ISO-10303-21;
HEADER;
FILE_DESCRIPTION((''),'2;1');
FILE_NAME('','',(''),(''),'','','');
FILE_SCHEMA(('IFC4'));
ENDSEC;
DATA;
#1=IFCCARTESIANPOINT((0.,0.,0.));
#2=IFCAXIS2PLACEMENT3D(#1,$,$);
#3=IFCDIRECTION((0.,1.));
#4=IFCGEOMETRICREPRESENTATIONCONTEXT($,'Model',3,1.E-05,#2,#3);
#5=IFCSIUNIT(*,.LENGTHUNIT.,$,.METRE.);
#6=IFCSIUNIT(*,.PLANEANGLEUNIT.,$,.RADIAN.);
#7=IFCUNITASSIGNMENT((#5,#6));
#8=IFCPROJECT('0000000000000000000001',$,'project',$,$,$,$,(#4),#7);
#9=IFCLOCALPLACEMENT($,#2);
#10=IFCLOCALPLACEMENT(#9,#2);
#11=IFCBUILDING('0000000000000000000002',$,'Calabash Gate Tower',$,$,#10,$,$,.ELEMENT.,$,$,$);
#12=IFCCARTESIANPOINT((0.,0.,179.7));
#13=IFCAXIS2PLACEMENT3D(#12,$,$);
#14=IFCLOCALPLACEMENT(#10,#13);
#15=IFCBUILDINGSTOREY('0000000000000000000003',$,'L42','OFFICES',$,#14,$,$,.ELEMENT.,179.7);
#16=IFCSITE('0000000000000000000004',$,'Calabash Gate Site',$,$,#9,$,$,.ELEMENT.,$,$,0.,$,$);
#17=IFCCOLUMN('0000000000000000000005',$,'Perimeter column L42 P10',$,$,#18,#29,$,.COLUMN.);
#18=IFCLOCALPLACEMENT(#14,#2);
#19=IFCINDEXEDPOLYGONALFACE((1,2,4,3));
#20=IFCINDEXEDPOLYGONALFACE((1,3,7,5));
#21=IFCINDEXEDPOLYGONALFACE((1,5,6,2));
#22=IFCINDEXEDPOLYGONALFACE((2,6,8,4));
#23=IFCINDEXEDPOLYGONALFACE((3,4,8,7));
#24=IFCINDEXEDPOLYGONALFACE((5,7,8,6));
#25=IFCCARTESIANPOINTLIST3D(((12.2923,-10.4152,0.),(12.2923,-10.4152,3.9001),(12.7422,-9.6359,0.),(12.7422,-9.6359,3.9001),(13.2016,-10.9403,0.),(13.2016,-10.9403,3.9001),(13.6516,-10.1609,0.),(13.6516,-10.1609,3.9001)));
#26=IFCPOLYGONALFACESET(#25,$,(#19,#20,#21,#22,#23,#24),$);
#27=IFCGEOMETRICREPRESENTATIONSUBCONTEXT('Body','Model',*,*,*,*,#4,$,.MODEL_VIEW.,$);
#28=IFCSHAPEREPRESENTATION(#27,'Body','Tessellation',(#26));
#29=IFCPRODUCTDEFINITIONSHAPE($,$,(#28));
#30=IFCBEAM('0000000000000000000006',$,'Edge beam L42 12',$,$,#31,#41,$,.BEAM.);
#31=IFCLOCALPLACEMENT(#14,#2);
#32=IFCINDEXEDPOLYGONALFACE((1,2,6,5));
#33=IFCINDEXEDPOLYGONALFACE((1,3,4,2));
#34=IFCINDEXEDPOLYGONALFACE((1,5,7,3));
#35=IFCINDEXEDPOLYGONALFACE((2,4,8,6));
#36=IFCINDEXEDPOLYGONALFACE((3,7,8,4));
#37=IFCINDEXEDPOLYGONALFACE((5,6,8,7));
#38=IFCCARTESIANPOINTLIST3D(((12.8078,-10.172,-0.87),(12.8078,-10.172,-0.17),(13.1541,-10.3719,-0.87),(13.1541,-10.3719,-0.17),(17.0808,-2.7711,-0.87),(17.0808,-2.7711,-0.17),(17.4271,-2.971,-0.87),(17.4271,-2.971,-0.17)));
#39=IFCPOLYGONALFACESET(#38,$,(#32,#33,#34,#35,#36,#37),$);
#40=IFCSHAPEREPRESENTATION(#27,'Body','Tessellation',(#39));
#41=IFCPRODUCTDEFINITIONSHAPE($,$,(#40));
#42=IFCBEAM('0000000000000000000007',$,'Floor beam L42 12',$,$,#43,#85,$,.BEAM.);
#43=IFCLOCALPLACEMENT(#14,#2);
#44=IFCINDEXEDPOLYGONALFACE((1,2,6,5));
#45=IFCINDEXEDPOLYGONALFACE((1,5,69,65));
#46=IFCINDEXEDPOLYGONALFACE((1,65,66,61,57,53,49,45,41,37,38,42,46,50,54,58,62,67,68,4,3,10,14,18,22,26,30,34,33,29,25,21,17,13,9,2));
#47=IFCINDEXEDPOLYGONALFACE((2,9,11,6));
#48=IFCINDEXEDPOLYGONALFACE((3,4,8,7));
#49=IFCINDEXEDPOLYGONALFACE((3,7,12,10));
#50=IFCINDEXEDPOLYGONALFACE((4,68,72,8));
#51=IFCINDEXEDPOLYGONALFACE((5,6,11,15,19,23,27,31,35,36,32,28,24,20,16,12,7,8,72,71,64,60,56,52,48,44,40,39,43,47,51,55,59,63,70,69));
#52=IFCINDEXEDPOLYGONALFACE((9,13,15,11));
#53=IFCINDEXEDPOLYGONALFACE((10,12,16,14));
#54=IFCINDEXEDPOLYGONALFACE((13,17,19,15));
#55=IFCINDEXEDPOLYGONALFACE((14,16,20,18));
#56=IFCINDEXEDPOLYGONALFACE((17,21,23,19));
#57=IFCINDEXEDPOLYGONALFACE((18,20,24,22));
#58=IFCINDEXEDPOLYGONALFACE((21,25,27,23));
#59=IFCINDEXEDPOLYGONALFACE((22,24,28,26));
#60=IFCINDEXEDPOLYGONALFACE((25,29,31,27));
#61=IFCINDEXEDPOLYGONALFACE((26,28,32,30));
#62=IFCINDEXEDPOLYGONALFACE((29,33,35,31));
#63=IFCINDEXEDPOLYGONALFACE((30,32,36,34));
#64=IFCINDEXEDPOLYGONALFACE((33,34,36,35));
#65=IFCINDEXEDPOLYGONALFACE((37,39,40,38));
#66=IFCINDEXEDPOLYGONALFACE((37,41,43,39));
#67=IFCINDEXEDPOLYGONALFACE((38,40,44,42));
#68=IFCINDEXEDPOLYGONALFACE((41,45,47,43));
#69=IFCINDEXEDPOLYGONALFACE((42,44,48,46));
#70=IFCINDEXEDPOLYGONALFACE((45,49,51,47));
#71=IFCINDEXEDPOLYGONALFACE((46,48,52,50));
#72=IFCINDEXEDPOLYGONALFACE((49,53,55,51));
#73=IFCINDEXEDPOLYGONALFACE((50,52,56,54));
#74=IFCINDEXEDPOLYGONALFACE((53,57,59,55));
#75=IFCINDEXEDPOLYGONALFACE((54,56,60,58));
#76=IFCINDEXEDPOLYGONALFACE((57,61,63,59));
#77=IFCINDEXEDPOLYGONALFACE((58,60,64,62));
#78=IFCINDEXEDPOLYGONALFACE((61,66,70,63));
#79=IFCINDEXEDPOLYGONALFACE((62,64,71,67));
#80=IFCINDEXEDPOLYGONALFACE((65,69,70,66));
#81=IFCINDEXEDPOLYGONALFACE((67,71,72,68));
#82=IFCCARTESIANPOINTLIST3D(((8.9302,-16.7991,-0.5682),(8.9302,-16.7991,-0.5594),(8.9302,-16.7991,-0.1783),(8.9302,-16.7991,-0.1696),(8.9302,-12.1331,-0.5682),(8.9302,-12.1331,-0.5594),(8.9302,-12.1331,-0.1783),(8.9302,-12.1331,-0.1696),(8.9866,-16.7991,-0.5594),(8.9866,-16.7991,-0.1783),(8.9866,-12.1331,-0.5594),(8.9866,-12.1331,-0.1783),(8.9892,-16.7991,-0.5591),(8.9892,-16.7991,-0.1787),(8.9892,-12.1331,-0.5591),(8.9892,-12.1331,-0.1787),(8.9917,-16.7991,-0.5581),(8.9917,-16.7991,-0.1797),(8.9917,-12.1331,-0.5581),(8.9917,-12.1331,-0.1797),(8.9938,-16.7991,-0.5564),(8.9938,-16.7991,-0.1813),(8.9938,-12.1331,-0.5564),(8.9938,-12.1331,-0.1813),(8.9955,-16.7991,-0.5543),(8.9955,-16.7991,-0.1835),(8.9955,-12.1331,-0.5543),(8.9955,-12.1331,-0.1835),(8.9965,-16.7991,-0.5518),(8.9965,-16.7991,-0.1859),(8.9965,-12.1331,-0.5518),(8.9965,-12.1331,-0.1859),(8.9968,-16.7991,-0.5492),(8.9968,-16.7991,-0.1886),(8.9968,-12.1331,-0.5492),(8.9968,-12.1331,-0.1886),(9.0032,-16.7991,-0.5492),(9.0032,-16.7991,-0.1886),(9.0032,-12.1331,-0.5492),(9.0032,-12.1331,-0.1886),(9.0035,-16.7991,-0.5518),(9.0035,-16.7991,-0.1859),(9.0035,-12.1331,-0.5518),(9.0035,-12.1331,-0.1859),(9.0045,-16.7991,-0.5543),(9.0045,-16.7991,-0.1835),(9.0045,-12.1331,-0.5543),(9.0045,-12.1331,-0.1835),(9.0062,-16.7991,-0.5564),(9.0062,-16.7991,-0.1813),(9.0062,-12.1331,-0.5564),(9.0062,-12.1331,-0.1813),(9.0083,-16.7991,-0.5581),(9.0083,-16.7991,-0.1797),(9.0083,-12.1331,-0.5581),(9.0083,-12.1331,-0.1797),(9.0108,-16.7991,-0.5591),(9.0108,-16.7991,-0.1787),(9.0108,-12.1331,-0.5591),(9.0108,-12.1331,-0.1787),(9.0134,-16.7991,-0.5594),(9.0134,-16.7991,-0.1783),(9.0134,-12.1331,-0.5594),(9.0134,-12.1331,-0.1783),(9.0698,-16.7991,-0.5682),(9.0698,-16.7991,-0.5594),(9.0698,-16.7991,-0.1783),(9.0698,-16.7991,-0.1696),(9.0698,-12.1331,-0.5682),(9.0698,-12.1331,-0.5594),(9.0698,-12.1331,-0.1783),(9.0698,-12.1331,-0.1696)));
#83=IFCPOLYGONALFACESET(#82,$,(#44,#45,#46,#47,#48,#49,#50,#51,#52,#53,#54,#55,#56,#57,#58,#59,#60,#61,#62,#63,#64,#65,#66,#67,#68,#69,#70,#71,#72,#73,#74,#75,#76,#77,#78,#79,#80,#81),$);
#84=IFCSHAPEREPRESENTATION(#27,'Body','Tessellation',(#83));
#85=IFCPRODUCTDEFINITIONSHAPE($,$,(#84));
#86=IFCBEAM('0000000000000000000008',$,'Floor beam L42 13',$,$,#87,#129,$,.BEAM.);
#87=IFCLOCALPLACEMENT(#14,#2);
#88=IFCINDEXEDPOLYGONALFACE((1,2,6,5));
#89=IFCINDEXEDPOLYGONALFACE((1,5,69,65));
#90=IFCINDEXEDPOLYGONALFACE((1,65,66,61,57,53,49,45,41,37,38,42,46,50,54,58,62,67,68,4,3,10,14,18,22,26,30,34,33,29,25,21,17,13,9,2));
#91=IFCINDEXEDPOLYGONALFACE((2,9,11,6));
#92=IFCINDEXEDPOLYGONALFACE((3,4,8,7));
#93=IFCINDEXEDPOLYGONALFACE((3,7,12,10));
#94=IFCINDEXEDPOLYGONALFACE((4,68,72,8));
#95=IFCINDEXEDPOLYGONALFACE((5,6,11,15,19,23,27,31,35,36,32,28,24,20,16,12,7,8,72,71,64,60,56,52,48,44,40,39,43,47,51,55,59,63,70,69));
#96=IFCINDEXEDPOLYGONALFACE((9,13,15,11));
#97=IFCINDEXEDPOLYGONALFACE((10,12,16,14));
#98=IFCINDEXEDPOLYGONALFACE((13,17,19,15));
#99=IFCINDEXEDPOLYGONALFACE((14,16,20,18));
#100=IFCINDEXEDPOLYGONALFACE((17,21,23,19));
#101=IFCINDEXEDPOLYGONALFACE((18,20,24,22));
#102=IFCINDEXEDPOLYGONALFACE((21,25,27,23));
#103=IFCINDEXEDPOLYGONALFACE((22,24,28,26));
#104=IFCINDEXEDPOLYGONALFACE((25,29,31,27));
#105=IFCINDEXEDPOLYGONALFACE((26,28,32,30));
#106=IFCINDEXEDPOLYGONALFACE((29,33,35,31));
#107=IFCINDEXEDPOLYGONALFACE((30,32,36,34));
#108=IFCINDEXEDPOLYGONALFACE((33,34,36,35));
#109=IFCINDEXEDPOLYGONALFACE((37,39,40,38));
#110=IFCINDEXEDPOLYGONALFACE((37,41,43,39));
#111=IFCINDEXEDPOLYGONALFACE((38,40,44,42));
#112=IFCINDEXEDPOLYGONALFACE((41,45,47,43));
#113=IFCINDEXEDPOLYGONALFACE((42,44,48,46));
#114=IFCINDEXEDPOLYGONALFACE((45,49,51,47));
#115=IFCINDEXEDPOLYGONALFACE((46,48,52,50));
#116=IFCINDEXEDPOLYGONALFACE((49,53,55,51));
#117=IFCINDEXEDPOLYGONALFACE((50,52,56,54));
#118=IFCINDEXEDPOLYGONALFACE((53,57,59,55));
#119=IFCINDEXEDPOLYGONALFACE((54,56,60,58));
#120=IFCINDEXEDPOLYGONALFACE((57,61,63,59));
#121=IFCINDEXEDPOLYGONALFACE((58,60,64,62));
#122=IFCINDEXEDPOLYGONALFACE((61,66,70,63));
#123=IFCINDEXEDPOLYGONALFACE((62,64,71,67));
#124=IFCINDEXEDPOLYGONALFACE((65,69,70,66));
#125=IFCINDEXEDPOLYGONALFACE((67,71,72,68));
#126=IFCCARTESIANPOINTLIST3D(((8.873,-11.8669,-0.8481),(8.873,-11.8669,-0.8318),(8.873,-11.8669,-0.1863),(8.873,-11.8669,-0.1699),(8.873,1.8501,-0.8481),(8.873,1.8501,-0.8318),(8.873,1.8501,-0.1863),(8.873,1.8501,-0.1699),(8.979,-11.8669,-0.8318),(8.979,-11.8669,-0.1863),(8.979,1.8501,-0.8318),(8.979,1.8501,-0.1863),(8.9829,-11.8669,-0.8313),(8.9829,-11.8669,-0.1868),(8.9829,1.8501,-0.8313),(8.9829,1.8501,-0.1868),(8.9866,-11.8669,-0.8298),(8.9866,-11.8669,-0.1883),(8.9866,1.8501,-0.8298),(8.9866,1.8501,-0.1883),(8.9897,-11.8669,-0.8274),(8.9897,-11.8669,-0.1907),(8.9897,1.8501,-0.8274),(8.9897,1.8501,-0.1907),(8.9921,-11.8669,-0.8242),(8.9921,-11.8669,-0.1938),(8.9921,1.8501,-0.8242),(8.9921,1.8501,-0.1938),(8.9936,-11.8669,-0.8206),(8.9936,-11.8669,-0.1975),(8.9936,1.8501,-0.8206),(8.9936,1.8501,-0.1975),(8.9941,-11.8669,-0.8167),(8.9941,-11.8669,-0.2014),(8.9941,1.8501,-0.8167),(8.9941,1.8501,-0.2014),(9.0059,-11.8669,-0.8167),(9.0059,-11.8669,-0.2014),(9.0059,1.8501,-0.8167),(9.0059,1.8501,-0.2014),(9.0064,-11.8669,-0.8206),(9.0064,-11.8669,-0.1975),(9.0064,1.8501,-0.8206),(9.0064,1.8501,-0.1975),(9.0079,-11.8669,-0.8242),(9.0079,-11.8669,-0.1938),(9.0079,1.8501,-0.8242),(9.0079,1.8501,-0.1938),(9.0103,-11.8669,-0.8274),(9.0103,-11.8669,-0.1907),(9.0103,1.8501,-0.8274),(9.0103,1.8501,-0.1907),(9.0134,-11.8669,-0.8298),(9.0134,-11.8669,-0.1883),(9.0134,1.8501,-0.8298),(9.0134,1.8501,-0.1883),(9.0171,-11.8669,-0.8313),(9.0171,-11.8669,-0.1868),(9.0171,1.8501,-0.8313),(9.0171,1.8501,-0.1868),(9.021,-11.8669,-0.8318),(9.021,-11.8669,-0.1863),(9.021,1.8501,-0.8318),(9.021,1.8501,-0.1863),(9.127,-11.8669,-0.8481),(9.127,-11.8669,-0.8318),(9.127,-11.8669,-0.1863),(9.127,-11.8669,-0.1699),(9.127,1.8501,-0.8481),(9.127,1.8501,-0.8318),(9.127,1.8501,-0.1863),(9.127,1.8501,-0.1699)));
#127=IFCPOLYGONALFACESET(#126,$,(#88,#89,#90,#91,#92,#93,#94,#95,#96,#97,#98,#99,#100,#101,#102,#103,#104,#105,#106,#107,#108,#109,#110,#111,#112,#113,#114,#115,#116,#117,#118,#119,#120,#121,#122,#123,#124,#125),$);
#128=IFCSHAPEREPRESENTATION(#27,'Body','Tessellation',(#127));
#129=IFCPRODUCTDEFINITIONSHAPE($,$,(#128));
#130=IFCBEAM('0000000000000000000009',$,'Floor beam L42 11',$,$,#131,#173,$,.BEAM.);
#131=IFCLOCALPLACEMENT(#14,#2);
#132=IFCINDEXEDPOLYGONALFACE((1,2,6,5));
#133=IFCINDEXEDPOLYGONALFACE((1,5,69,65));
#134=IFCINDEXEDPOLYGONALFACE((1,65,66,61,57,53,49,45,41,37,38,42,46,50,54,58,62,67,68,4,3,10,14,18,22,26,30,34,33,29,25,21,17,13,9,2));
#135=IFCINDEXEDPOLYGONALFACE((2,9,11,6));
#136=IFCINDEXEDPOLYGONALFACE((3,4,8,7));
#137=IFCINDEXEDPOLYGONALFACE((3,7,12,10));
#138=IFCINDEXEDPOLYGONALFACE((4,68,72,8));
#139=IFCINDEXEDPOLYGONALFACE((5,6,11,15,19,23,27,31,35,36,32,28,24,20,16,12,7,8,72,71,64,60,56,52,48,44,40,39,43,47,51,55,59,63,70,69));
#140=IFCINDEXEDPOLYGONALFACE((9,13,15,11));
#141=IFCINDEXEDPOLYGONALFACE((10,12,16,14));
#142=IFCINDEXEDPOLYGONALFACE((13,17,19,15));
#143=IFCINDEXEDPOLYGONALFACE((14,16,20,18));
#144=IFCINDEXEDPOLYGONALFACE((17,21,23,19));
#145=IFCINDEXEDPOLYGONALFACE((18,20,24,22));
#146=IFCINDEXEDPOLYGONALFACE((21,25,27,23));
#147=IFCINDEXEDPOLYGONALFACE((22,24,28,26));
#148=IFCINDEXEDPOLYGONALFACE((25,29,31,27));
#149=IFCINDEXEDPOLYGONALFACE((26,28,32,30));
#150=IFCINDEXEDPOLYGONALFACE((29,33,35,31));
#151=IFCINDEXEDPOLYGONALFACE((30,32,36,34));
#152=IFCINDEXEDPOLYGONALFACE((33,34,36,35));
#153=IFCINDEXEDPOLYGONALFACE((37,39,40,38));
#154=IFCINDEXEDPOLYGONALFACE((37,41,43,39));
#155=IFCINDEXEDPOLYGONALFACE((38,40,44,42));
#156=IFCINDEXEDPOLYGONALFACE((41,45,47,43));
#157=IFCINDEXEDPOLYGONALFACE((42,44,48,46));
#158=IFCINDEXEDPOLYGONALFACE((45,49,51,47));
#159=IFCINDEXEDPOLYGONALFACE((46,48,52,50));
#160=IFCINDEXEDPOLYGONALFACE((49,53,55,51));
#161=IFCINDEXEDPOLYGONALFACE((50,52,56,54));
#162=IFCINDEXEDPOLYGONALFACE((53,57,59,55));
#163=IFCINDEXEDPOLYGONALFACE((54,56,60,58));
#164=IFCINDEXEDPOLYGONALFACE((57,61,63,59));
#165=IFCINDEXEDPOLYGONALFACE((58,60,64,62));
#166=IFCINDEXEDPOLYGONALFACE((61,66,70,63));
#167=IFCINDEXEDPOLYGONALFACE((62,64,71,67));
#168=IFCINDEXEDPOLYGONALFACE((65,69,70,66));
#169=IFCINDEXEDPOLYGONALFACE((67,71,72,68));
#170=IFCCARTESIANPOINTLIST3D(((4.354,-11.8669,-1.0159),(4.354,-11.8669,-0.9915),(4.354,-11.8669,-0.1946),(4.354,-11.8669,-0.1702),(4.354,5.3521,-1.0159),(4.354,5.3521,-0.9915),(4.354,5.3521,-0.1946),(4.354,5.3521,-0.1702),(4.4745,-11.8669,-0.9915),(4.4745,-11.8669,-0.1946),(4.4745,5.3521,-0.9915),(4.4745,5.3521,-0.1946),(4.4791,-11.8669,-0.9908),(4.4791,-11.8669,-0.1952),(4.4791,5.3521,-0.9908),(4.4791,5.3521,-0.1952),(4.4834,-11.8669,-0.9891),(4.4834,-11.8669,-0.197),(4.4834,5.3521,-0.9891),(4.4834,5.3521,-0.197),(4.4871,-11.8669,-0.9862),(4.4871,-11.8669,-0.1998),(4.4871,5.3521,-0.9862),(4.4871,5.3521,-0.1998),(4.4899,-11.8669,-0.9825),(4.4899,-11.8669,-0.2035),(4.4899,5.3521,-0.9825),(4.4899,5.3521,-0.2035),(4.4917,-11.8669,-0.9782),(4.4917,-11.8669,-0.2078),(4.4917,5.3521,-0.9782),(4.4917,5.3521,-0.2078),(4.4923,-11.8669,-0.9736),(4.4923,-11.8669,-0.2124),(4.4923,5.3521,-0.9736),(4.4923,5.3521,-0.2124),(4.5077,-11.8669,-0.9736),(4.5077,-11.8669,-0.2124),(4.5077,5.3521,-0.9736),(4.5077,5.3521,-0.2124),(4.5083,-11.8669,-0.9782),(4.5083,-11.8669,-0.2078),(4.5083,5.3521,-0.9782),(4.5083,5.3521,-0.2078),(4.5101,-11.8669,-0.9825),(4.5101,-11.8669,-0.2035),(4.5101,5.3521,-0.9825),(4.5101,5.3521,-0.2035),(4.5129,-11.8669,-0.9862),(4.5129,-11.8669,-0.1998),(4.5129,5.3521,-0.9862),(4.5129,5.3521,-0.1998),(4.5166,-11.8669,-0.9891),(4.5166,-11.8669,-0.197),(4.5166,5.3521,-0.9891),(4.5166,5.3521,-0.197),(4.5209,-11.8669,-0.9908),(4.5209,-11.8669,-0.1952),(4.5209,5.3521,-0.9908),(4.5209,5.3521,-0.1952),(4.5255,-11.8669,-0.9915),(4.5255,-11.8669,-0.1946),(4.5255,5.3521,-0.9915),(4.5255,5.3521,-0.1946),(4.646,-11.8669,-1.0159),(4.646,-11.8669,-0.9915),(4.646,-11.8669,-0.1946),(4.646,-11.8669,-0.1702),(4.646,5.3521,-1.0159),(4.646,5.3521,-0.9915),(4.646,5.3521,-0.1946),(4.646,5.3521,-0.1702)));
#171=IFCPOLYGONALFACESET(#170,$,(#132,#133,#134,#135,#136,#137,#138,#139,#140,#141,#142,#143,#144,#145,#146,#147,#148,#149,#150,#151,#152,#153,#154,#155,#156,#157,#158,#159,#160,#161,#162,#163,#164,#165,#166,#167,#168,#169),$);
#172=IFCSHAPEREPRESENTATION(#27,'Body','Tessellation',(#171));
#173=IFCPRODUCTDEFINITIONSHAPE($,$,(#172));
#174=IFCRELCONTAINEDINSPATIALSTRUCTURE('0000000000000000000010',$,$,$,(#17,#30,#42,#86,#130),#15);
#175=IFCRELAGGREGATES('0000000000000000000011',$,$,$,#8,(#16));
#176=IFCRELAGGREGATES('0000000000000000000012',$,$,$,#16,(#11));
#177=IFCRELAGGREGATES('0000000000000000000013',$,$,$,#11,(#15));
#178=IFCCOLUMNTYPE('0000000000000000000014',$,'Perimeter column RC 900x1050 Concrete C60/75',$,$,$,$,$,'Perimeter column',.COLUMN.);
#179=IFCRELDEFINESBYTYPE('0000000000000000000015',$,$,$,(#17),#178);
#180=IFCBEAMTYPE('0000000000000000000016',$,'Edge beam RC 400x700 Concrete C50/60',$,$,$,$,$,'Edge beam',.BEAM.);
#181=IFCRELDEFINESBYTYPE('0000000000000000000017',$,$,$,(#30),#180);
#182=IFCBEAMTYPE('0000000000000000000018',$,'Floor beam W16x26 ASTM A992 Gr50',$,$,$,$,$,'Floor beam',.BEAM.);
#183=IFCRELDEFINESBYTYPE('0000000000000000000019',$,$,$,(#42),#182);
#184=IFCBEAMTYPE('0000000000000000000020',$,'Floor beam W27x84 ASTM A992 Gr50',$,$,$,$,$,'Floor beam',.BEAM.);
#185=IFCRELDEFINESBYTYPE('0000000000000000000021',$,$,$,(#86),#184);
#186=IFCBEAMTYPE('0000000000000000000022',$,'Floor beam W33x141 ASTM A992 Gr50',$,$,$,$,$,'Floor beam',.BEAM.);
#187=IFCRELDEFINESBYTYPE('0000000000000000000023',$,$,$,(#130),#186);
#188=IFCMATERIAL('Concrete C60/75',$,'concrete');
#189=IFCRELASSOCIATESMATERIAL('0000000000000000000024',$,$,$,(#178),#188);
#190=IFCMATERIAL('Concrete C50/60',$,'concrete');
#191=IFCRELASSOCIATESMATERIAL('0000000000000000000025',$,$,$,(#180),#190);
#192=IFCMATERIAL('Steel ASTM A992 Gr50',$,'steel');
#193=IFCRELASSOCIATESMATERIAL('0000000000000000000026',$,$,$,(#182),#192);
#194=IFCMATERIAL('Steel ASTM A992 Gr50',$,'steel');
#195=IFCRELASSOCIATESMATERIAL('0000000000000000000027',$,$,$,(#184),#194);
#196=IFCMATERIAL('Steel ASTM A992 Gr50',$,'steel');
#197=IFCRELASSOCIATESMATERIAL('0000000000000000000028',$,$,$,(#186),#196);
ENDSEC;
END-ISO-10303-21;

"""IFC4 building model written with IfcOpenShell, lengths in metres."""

from ifc_helpers import new_model, si_unit, direction, frame, origin, origin_2d, place, context, subcontext, project, spatial, rectangle, i_section, extrude, material, material_profile, profile_set, type_object, element, save


model = new_model("IFC4")

# Units and contexts
model_context = context("Model", 3, precision=1e-05, world=origin(), true_north=direction((0.0, 1.0)))
body_context = subcontext(model_context, "Body", "Model", "MODEL_VIEW")
ifc_project = project(units=[si_unit("LENGTHUNIT", "METRE"), si_unit("PLANEANGLEUNIT", "RADIAN")], contexts=[model_context])

# Site, building, storey
site_placement = place(None, origin())
site = spatial("IfcSite", under=ifc_project, at=site_placement, Name="Calabash Gate Site", CompositionType="ELEMENT", RefElevation=0.0)
building_placement = place(site_placement, origin())
building = spatial("IfcBuilding", under=site, at=building_placement, Name="Calabash Gate Tower", CompositionType="ELEMENT")
storey_placement = place(building_placement, frame((0.0, 0.0, 179.7)))
storey = spatial("IfcBuildingStorey", under=building, at=storey_placement, Name="L42", Description="OFFICES", CompositionType="ELEMENT", Elevation=179.7)

# Column
ifc_material_1 = material(Name="Concrete C60/75", Category="concrete")
ifc_material_profile_1 = material_profile(ifc_material_1, rectangle(XDim=0.8999, YDim=1.05, at=origin_2d()))
ifc_profile_set_1 = profile_set([ifc_material_profile_1], Name="Concrete C60/75")
column_type = type_object("IfcColumnType", Name="Perimeter column RC 900x1050 Concrete C60/75", ElementType="Perimeter column", PredefinedType="COLUMN", material=ifc_profile_set_1)
column_placement = place(storey_placement, frame((12.9719, -10.2881, 0.0), z_axis=(0.0, 0.0, 1.0), x_axis=(0.5, 0.866025, 0.0)))
element("IfcColumn", 1, at=column_placement, inside=storey, type_object=column_type, Name="Perimeter column L42 P10", PredefinedType="COLUMN", context=body_context, shape_type="SweptSolid", body=[
    extrude(rectangle(XDim=0.8999, YDim=1.05, at=origin_2d()), origin(), (0.0, 0.0, 1.0), 3.9001),
])

# Beams
ifc_material_2 = material(Name="Concrete C50/60", Category="concrete")
ifc_material_profile_2 = material_profile(ifc_material_2, rectangle(XDim=0.3999, YDim=0.7, at=origin_2d()))
ifc_profile_set_2 = profile_set([ifc_material_profile_2], Name="Concrete C50/60")
beam_type_1 = type_object("IfcBeamType", Name="Edge beam RC 400x700 Concrete C50/60", ElementType="Edge beam", PredefinedType="BEAM", material=ifc_profile_set_2)
beam_1_placement = place(storey_placement, frame((12.981, -10.272, -0.52), z_axis=(0.500004, 0.866023, 0.0), x_axis=(-0.866023, 0.500004, 0.0)))
element("IfcBeam", 2, at=beam_1_placement, inside=storey, type_object=beam_type_1, Name="Edge beam L42 12", PredefinedType="BEAM", context=body_context, shape_type="SweptSolid", body=[
    extrude(rectangle(XDim=0.3999, YDim=0.7, at=origin_2d()), origin(), (0.0, 0.0, 1.0), 8.5459),
])
ifc_material_3 = material(Name="Steel ASTM A992 Gr50", Category="steel")
ifc_material_profile_3 = material_profile(ifc_material_3, i_section(OverallWidth=0.1396, OverallDepth=0.3987, WebThickness=0.0063, FlangeThickness=0.0088, FilletRadius=0.0103, at=origin_2d()))
ifc_profile_set_3 = profile_set([ifc_material_profile_3], Name="Steel ASTM A992 Gr50")
beam_type_2 = type_object("IfcBeamType", Name="Floor beam W16x26 ASTM A992 Gr50", ElementType="Floor beam", PredefinedType="BEAM", material=ifc_profile_set_3)
beam_2_placement = place(storey_placement, frame((9.0, -16.7991, -0.3689), z_axis=(0.0, 1.0, 0.0), x_axis=(-1.0, 0.0, 0.0)))
element("IfcBeam", 3, at=beam_2_placement, inside=storey, type_object=beam_type_2, Name="Floor beam L42 12", PredefinedType="BEAM", context=body_context, shape_type="SweptSolid", body=[
    extrude(i_section(OverallWidth=0.1396, OverallDepth=0.3987, WebThickness=0.0063, FlangeThickness=0.0088, FilletRadius=0.0103, at=origin_2d()), origin(), (0.0, 0.0, 1.0), 4.666),
])
ifc_material_4 = material(Name="Steel ASTM A992 Gr50", Category="steel")
ifc_material_profile_4 = material_profile(ifc_material_4, i_section(OverallWidth=0.2539, OverallDepth=0.6782, WebThickness=0.0117, FlangeThickness=0.0164, FilletRadius=0.0151, at=origin_2d()))
ifc_profile_set_4 = profile_set([ifc_material_profile_4], Name="Steel ASTM A992 Gr50")
beam_type_3 = type_object("IfcBeamType", Name="Floor beam W27x84 ASTM A992 Gr50", ElementType="Floor beam", PredefinedType="BEAM", material=ifc_profile_set_4)
beam_3_placement = place(storey_placement, frame((9.0, -11.8669, -0.509), z_axis=(0.0, 1.0, 0.0), x_axis=(-1.0, 0.0, 0.0)))
element("IfcBeam", 4, at=beam_3_placement, inside=storey, type_object=beam_type_3, Name="Floor beam L42 13", PredefinedType="BEAM", context=body_context, shape_type="SweptSolid", body=[
    extrude(i_section(OverallWidth=0.2539, OverallDepth=0.6782, WebThickness=0.0117, FlangeThickness=0.0164, FilletRadius=0.0151, at=origin_2d()), origin(), (0.0, 0.0, 1.0), 13.717),
])
ifc_material_5 = material(Name="Steel ASTM A992 Gr50", Category="steel")
ifc_material_profile_5 = material_profile(ifc_material_5, i_section(OverallWidth=0.292, OverallDepth=0.8457, WebThickness=0.0154, FlangeThickness=0.0244, FilletRadius=0.0178, at=origin_2d()))
ifc_profile_set_5 = profile_set([ifc_material_profile_5], Name="Steel ASTM A992 Gr50")
beam_type_4 = type_object("IfcBeamType", Name="Floor beam W33x141 ASTM A992 Gr50", ElementType="Floor beam", PredefinedType="BEAM", material=ifc_profile_set_5)
beam_4_placement = place(storey_placement, frame((4.5, -11.8669, -0.593), z_axis=(0.0, 1.0, 0.0), x_axis=(-1.0, 0.0, 0.0)))
element("IfcBeam", 5, at=beam_4_placement, inside=storey, type_object=beam_type_4, Name="Floor beam L42 11", PredefinedType="BEAM", context=body_context, shape_type="SweptSolid", body=[
    extrude(i_section(OverallWidth=0.292, OverallDepth=0.8457, WebThickness=0.0154, FlangeThickness=0.0244, FilletRadius=0.0178, at=origin_2d()), origin(), (0.0, 0.0, 1.0), 17.219),
])

save(model, "model.ifc")
